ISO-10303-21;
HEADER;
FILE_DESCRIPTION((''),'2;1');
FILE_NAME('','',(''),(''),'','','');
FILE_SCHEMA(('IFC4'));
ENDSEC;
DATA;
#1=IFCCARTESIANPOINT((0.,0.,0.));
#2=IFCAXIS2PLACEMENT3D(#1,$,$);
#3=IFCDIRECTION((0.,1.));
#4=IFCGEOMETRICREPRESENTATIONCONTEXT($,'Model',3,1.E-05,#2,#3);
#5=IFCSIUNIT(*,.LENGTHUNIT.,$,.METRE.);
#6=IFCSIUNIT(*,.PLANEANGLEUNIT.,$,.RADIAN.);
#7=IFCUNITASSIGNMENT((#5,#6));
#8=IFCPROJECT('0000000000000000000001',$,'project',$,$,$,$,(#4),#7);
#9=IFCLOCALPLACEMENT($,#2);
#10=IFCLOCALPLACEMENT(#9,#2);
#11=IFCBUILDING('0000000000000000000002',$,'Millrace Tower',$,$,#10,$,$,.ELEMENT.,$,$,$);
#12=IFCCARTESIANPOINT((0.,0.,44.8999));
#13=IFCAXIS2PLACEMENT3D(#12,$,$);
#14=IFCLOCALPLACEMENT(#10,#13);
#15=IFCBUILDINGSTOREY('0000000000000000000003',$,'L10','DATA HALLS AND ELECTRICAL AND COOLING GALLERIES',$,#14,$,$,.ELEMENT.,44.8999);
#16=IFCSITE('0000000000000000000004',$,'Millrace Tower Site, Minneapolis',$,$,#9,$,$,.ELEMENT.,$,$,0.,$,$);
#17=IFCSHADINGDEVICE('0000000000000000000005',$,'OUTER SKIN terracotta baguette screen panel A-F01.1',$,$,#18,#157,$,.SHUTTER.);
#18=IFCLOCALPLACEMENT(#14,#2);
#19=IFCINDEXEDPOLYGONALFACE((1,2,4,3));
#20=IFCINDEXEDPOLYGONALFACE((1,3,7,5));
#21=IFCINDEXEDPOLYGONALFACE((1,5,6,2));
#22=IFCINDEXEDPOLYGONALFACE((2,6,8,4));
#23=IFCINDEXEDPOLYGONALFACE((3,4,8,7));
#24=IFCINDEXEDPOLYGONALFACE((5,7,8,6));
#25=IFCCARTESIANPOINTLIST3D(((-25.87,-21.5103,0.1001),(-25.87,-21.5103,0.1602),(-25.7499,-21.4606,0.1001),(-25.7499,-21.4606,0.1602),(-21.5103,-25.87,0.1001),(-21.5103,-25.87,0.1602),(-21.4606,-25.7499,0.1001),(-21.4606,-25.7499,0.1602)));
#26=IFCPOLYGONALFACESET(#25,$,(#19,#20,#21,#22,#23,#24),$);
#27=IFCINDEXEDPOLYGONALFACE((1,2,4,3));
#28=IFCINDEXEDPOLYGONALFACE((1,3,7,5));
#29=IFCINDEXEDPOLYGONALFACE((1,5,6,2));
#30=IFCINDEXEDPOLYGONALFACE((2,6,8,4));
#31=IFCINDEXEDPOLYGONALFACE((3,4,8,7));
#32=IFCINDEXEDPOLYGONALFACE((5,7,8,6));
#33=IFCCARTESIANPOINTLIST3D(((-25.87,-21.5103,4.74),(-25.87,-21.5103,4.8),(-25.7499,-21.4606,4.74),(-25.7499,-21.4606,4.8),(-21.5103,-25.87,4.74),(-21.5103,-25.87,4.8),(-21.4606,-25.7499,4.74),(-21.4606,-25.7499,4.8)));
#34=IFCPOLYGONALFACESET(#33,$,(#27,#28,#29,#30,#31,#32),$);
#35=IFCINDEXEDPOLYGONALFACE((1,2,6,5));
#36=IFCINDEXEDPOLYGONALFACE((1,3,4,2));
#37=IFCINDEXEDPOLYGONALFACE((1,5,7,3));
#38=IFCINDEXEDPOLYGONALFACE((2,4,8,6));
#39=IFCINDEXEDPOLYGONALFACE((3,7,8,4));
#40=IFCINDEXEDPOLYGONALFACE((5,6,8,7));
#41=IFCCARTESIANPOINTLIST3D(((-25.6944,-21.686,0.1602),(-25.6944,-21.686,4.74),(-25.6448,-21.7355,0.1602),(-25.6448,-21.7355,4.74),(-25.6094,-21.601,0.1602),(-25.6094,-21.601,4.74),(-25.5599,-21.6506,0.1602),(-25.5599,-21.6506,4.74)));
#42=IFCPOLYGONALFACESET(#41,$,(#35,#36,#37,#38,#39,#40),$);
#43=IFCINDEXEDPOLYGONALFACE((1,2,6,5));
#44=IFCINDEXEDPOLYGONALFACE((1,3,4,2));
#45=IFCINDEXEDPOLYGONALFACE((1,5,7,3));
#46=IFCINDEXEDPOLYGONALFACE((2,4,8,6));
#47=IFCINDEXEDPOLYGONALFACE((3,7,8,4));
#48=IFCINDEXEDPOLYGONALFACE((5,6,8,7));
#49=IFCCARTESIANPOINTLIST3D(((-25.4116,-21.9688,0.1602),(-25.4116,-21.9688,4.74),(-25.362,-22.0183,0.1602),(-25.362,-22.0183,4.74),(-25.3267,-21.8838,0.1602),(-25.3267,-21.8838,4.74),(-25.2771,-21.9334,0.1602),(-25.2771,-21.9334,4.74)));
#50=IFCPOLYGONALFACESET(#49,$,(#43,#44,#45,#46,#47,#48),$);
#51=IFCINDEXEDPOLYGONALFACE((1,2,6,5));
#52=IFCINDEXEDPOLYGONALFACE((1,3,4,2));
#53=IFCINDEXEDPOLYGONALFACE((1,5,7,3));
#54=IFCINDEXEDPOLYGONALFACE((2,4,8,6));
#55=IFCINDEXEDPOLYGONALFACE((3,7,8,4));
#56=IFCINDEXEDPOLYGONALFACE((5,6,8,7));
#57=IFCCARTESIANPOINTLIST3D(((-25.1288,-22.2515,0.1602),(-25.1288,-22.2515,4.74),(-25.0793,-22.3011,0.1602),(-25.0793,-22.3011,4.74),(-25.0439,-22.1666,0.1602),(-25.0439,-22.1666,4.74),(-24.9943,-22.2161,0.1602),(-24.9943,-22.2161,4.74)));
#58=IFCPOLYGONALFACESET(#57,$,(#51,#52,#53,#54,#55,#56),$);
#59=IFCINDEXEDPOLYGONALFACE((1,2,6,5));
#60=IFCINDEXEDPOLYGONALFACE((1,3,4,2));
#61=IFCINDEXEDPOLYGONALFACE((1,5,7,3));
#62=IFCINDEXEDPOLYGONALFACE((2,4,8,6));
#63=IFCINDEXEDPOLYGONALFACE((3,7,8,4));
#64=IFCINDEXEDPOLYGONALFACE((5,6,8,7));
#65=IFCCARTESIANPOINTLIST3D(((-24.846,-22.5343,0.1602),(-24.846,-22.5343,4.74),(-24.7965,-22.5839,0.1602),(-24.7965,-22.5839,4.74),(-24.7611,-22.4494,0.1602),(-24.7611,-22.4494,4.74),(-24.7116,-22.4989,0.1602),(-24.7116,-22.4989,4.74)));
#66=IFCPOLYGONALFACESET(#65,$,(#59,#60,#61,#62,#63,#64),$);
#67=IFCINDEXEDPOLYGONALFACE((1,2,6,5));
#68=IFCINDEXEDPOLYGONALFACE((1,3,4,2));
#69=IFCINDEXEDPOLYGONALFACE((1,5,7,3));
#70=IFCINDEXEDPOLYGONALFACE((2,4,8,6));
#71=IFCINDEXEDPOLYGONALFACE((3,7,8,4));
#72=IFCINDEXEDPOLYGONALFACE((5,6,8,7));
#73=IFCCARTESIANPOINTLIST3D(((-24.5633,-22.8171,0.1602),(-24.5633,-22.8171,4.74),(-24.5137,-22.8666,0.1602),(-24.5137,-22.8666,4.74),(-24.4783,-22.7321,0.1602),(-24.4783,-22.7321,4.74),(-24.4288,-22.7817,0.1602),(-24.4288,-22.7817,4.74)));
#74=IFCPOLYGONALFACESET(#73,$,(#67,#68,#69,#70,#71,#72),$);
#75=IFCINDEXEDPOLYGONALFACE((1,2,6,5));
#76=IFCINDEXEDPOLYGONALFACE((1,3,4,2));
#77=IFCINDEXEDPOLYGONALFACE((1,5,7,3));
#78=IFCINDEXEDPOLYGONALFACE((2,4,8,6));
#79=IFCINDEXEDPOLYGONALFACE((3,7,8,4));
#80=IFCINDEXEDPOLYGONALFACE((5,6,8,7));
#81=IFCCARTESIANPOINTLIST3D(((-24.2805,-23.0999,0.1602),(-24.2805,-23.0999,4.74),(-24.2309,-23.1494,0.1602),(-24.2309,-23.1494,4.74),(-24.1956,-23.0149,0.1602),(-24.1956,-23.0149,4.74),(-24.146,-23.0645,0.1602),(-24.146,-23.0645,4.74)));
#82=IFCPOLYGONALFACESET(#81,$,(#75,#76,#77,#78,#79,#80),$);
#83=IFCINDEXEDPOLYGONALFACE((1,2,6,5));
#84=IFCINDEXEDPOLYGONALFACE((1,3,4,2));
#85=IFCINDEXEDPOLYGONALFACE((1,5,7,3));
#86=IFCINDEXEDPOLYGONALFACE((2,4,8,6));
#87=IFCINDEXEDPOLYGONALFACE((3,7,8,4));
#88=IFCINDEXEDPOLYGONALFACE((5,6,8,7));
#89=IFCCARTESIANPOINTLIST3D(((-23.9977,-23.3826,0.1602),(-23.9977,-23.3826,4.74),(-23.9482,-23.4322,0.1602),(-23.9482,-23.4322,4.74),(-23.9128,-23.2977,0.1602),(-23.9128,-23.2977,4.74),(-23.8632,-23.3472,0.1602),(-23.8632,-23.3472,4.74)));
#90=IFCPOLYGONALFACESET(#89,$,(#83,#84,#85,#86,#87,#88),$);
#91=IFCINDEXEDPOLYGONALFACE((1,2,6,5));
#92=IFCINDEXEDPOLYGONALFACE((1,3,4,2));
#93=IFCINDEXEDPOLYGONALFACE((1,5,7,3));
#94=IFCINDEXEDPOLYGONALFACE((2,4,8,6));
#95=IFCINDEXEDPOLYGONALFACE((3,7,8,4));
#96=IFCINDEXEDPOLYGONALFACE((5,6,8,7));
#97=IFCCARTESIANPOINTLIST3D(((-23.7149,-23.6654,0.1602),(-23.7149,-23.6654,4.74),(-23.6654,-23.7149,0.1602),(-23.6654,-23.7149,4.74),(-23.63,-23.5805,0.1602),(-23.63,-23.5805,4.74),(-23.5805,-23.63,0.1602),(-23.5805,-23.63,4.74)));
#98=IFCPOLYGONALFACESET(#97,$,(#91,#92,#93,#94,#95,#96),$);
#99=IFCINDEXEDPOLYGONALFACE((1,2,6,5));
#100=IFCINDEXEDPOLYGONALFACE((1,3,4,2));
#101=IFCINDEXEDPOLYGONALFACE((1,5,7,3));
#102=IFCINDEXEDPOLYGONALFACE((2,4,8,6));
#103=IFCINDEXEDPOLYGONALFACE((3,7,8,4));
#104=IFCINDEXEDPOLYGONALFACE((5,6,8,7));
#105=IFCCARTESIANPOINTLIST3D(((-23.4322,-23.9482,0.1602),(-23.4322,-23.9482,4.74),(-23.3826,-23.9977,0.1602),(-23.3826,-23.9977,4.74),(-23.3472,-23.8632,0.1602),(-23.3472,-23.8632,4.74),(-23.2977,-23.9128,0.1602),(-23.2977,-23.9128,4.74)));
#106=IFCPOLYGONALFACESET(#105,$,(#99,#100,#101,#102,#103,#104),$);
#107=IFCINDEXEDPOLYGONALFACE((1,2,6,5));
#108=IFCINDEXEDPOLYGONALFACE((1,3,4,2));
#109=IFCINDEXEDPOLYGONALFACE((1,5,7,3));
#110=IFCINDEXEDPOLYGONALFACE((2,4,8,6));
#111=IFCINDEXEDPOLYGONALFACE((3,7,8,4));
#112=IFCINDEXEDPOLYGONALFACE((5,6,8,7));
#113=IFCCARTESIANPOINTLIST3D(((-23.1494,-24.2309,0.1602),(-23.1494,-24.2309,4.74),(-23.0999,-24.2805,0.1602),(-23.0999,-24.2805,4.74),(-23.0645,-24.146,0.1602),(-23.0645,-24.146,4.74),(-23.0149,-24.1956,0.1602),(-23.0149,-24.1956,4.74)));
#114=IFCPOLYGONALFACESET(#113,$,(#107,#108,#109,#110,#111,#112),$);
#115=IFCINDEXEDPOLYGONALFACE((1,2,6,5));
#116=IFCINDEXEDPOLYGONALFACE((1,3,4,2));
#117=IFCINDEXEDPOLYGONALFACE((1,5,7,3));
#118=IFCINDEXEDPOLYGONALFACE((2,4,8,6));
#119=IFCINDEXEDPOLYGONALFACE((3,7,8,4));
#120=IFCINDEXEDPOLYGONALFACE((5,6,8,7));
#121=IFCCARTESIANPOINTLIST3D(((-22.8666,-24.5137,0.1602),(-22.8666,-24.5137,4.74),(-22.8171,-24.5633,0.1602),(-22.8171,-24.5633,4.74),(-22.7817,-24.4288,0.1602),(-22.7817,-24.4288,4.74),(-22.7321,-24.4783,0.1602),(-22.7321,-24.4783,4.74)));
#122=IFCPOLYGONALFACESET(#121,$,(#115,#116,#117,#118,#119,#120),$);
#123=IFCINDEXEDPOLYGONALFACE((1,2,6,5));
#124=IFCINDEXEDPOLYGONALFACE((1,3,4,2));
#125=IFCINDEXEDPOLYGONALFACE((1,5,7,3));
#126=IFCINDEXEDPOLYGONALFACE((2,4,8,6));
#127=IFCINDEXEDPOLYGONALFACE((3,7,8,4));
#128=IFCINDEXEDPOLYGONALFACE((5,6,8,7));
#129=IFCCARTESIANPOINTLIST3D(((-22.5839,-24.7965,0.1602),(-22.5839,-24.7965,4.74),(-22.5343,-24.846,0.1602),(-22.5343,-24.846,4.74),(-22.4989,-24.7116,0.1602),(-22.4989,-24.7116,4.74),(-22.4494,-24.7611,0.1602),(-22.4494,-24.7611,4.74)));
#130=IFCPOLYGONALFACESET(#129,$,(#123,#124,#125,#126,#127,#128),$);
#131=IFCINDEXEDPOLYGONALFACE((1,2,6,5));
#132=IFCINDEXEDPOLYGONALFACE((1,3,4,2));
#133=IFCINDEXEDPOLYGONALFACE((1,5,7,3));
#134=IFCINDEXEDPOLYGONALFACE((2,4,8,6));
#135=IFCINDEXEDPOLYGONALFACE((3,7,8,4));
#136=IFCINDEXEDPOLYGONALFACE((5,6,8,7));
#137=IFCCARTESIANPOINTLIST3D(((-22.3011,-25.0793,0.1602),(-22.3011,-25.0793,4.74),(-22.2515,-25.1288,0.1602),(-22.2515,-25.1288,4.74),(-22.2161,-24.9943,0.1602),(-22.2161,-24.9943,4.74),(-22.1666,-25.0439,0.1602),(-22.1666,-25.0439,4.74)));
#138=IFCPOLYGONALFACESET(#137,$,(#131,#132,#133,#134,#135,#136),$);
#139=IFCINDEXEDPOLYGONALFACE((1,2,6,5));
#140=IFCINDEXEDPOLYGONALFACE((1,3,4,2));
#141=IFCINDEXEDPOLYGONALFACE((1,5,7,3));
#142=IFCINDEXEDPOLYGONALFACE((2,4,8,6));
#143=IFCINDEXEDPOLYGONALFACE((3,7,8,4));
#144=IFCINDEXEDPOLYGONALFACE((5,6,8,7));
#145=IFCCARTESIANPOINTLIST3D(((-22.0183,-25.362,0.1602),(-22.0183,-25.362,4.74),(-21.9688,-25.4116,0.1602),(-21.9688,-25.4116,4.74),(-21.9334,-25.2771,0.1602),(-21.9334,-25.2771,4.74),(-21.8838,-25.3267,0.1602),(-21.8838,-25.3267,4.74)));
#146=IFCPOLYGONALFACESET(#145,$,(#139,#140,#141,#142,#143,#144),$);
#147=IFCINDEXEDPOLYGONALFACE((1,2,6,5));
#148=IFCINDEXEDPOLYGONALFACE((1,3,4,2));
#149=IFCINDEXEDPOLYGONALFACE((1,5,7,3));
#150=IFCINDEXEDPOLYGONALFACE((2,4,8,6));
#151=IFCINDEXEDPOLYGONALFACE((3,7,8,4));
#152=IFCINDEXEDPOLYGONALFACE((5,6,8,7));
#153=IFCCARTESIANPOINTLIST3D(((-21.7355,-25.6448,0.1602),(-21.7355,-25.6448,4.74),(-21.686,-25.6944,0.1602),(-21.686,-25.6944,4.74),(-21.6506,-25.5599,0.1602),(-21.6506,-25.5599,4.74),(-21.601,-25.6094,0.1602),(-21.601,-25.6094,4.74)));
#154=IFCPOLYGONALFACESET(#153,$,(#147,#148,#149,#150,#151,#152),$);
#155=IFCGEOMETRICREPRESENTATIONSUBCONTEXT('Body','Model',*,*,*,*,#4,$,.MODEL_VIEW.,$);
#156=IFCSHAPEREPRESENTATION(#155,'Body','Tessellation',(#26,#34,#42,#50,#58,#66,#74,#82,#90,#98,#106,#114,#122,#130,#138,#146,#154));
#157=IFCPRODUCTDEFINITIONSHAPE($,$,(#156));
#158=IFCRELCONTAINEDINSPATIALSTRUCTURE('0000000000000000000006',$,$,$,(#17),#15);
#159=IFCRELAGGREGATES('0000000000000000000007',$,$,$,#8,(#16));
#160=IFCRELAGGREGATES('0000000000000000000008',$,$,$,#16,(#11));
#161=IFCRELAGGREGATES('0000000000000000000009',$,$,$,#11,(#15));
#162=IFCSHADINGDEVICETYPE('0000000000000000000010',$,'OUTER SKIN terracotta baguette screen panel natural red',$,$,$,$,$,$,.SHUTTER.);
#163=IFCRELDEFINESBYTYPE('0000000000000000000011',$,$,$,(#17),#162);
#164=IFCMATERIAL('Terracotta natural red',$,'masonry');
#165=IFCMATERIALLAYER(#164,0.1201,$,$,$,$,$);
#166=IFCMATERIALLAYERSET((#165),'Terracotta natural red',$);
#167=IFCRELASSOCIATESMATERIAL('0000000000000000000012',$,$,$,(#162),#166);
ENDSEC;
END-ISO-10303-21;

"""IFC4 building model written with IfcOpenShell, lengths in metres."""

from ifc_helpers import new_model, entity, si_unit, direction, frame, frame_2d, origin, origin_2d, place, context, subcontext, project, spatial, rectangle, extrude, source, transform, mapped, material, layer, layer_set, type_object, element, save


model = new_model("IFC4")

# Units and contexts
model_context = context("Model", 3, precision=1e-05, world=origin(), true_north=direction((0.0, 1.0)))
body_context = subcontext(model_context, "Body", "Model", "MODEL_VIEW")
ifc_project = project(units=[si_unit("LENGTHUNIT", "METRE"), si_unit("PLANEANGLEUNIT", "RADIAN")], contexts=[model_context])

# Site, building, storey
site_placement = place(None, origin())
site = spatial("IfcSite", under=ifc_project, at=site_placement, Name="Millrace Tower Site, Minneapolis", CompositionType="ELEMENT", RefElevation=0.0)
building_placement = place(site_placement, origin())
building = spatial("IfcBuilding", under=site, at=building_placement, Name="Millrace Tower", CompositionType="ELEMENT")
storey_placement = place(building_placement, frame((0.0, 0.0, 44.8999)))
storey = spatial("IfcBuildingStorey", under=building, at=storey_placement, Name="L10", Description="DATA HALLS AND ELECTRICAL AND COOLING GALLERIES", CompositionType="ELEMENT", Elevation=44.8999)

# Shading device
ifc_material_1 = material(Name="Terracotta natural red", Category="masonry")
ifc_layer_1 = layer(ifc_material_1, 0.1201)
ifc_layer_set_1 = layer_set([ifc_layer_1], Name="Terracotta natural red")
shading_device_type_1 = type_object("IfcShadingDeviceType", Name="OUTER SKIN terracotta baguette screen panel natural red", PredefinedType="SHUTTER", material=ifc_layer_set_1)
cartesian_point_1 = entity("IfcCartesianPoint", [-3.033, 0.0601])
shared_polyline_1 = entity("IfcPolyline", [cartesian_point_1, entity("IfcCartesianPoint", [3.033, 0.0601]), entity("IfcCartesianPoint", [3.0828, -0.0601]), entity("IfcCartesianPoint", [-3.0828, -0.0601]), cartesian_point_1])
shared_shape_1 = source(origin(), body_context, "Body", "SweptSolid", [
    entity("IfcExtrudedAreaSolid", entity("IfcArbitraryClosedProfileDef", "AREA", None, shared_polyline_1), entity("IfcAxis2Placement3D", entity("IfcCartesianPoint", [0.0, 0.0, 0.0])), entity("IfcDirection", [0.0, 0.0, 1.0]), 0.0601),
    entity("IfcExtrudedAreaSolid", entity("IfcArbitraryClosedProfileDef", "AREA", None, shared_polyline_1), entity("IfcAxis2Placement3D", entity("IfcCartesianPoint", [0.0, 0.0, 4.6399])), entity("IfcDirection", [0.0, 0.0, 1.0]), 0.0601),
    extrude(rectangle(XDim=0.0701, YDim=0.1201, at=frame_2d((-2.7993, 0.0))), frame((0.0, 0.0, 0.0601)), (0.0, 0.0, 1.0), 4.5798),
    extrude(rectangle(XDim=0.0701, YDim=0.1201, at=frame_2d((-2.3994, 0.0))), frame((0.0, 0.0, 0.0601)), (0.0, 0.0, 1.0), 4.5798),
    extrude(rectangle(XDim=0.0701, YDim=0.1201, at=frame_2d((-1.9995, 0.0))), frame((0.0, 0.0, 0.0601)), (0.0, 0.0, 1.0), 4.5798),
    extrude(rectangle(XDim=0.0701, YDim=0.1201, at=frame_2d((-1.5996, 0.0))), frame((0.0, 0.0, 0.0601)), (0.0, 0.0, 1.0), 4.5798),
    extrude(rectangle(XDim=0.0701, YDim=0.1201, at=frame_2d((-1.1997, 0.0))), frame((0.0, 0.0, 0.0601)), (0.0, 0.0, 1.0), 4.5798),
    extrude(rectangle(XDim=0.0701, YDim=0.1201, at=frame_2d((-0.7998, 0.0))), frame((0.0, 0.0, 0.0601)), (0.0, 0.0, 1.0), 4.5798),
    extrude(rectangle(XDim=0.0701, YDim=0.1201, at=frame_2d((-0.3999, 0.0))), frame((0.0, 0.0, 0.0601)), (0.0, 0.0, 1.0), 4.5798),
    extrude(rectangle(XDim=0.0701, YDim=0.1201, at=origin_2d()), frame((0.0, 0.0, 0.0601)), (0.0, 0.0, 1.0), 4.5798),
    extrude(rectangle(XDim=0.0701, YDim=0.1201, at=frame_2d((0.3999, 0.0))), frame((0.0, 0.0, 0.0601)), (0.0, 0.0, 1.0), 4.5798),
    extrude(rectangle(XDim=0.0701, YDim=0.1201, at=frame_2d((0.7998, 0.0))), frame((0.0, 0.0, 0.0601)), (0.0, 0.0, 1.0), 4.5798),
    extrude(rectangle(XDim=0.0701, YDim=0.1201, at=frame_2d((1.1997, 0.0))), frame((0.0, 0.0, 0.0601)), (0.0, 0.0, 1.0), 4.5798),
    extrude(rectangle(XDim=0.0701, YDim=0.1201, at=frame_2d((1.5996, 0.0))), frame((0.0, 0.0, 0.0601)), (0.0, 0.0, 1.0), 4.5798),
    extrude(rectangle(XDim=0.0701, YDim=0.1201, at=frame_2d((1.9995, 0.0))), frame((0.0, 0.0, 0.0601)), (0.0, 0.0, 1.0), 4.5798),
    extrude(rectangle(XDim=0.0701, YDim=0.1201, at=frame_2d((2.3994, 0.0))), frame((0.0, 0.0, 0.0601)), (0.0, 0.0, 1.0), 4.5798),
    extrude(rectangle(XDim=0.0701, YDim=0.1201, at=frame_2d((2.7993, 0.0))), frame((0.0, 0.0, 0.0601)), (0.0, 0.0, 1.0), 4.5798),
])
shading_device_1_placement = place(storey_placement, frame((-23.6477, -23.6477, 0.1001), z_axis=(0.0, 0.0, 1.0), x_axis=(0.707107, -0.707107, 0.0)))
element("IfcShadingDevice", 1, at=shading_device_1_placement, inside=storey, type_object=shading_device_type_1, Name="OUTER SKIN terracotta baguette screen panel A-F01.1", PredefinedType="SHUTTER", context=body_context, shape_type="MappedRepresentation", body=[
    mapped(shared_shape_1, transform((0.0, 0.0, 0.0), scale=1.0)),
])

save(model, "model.ifc")
